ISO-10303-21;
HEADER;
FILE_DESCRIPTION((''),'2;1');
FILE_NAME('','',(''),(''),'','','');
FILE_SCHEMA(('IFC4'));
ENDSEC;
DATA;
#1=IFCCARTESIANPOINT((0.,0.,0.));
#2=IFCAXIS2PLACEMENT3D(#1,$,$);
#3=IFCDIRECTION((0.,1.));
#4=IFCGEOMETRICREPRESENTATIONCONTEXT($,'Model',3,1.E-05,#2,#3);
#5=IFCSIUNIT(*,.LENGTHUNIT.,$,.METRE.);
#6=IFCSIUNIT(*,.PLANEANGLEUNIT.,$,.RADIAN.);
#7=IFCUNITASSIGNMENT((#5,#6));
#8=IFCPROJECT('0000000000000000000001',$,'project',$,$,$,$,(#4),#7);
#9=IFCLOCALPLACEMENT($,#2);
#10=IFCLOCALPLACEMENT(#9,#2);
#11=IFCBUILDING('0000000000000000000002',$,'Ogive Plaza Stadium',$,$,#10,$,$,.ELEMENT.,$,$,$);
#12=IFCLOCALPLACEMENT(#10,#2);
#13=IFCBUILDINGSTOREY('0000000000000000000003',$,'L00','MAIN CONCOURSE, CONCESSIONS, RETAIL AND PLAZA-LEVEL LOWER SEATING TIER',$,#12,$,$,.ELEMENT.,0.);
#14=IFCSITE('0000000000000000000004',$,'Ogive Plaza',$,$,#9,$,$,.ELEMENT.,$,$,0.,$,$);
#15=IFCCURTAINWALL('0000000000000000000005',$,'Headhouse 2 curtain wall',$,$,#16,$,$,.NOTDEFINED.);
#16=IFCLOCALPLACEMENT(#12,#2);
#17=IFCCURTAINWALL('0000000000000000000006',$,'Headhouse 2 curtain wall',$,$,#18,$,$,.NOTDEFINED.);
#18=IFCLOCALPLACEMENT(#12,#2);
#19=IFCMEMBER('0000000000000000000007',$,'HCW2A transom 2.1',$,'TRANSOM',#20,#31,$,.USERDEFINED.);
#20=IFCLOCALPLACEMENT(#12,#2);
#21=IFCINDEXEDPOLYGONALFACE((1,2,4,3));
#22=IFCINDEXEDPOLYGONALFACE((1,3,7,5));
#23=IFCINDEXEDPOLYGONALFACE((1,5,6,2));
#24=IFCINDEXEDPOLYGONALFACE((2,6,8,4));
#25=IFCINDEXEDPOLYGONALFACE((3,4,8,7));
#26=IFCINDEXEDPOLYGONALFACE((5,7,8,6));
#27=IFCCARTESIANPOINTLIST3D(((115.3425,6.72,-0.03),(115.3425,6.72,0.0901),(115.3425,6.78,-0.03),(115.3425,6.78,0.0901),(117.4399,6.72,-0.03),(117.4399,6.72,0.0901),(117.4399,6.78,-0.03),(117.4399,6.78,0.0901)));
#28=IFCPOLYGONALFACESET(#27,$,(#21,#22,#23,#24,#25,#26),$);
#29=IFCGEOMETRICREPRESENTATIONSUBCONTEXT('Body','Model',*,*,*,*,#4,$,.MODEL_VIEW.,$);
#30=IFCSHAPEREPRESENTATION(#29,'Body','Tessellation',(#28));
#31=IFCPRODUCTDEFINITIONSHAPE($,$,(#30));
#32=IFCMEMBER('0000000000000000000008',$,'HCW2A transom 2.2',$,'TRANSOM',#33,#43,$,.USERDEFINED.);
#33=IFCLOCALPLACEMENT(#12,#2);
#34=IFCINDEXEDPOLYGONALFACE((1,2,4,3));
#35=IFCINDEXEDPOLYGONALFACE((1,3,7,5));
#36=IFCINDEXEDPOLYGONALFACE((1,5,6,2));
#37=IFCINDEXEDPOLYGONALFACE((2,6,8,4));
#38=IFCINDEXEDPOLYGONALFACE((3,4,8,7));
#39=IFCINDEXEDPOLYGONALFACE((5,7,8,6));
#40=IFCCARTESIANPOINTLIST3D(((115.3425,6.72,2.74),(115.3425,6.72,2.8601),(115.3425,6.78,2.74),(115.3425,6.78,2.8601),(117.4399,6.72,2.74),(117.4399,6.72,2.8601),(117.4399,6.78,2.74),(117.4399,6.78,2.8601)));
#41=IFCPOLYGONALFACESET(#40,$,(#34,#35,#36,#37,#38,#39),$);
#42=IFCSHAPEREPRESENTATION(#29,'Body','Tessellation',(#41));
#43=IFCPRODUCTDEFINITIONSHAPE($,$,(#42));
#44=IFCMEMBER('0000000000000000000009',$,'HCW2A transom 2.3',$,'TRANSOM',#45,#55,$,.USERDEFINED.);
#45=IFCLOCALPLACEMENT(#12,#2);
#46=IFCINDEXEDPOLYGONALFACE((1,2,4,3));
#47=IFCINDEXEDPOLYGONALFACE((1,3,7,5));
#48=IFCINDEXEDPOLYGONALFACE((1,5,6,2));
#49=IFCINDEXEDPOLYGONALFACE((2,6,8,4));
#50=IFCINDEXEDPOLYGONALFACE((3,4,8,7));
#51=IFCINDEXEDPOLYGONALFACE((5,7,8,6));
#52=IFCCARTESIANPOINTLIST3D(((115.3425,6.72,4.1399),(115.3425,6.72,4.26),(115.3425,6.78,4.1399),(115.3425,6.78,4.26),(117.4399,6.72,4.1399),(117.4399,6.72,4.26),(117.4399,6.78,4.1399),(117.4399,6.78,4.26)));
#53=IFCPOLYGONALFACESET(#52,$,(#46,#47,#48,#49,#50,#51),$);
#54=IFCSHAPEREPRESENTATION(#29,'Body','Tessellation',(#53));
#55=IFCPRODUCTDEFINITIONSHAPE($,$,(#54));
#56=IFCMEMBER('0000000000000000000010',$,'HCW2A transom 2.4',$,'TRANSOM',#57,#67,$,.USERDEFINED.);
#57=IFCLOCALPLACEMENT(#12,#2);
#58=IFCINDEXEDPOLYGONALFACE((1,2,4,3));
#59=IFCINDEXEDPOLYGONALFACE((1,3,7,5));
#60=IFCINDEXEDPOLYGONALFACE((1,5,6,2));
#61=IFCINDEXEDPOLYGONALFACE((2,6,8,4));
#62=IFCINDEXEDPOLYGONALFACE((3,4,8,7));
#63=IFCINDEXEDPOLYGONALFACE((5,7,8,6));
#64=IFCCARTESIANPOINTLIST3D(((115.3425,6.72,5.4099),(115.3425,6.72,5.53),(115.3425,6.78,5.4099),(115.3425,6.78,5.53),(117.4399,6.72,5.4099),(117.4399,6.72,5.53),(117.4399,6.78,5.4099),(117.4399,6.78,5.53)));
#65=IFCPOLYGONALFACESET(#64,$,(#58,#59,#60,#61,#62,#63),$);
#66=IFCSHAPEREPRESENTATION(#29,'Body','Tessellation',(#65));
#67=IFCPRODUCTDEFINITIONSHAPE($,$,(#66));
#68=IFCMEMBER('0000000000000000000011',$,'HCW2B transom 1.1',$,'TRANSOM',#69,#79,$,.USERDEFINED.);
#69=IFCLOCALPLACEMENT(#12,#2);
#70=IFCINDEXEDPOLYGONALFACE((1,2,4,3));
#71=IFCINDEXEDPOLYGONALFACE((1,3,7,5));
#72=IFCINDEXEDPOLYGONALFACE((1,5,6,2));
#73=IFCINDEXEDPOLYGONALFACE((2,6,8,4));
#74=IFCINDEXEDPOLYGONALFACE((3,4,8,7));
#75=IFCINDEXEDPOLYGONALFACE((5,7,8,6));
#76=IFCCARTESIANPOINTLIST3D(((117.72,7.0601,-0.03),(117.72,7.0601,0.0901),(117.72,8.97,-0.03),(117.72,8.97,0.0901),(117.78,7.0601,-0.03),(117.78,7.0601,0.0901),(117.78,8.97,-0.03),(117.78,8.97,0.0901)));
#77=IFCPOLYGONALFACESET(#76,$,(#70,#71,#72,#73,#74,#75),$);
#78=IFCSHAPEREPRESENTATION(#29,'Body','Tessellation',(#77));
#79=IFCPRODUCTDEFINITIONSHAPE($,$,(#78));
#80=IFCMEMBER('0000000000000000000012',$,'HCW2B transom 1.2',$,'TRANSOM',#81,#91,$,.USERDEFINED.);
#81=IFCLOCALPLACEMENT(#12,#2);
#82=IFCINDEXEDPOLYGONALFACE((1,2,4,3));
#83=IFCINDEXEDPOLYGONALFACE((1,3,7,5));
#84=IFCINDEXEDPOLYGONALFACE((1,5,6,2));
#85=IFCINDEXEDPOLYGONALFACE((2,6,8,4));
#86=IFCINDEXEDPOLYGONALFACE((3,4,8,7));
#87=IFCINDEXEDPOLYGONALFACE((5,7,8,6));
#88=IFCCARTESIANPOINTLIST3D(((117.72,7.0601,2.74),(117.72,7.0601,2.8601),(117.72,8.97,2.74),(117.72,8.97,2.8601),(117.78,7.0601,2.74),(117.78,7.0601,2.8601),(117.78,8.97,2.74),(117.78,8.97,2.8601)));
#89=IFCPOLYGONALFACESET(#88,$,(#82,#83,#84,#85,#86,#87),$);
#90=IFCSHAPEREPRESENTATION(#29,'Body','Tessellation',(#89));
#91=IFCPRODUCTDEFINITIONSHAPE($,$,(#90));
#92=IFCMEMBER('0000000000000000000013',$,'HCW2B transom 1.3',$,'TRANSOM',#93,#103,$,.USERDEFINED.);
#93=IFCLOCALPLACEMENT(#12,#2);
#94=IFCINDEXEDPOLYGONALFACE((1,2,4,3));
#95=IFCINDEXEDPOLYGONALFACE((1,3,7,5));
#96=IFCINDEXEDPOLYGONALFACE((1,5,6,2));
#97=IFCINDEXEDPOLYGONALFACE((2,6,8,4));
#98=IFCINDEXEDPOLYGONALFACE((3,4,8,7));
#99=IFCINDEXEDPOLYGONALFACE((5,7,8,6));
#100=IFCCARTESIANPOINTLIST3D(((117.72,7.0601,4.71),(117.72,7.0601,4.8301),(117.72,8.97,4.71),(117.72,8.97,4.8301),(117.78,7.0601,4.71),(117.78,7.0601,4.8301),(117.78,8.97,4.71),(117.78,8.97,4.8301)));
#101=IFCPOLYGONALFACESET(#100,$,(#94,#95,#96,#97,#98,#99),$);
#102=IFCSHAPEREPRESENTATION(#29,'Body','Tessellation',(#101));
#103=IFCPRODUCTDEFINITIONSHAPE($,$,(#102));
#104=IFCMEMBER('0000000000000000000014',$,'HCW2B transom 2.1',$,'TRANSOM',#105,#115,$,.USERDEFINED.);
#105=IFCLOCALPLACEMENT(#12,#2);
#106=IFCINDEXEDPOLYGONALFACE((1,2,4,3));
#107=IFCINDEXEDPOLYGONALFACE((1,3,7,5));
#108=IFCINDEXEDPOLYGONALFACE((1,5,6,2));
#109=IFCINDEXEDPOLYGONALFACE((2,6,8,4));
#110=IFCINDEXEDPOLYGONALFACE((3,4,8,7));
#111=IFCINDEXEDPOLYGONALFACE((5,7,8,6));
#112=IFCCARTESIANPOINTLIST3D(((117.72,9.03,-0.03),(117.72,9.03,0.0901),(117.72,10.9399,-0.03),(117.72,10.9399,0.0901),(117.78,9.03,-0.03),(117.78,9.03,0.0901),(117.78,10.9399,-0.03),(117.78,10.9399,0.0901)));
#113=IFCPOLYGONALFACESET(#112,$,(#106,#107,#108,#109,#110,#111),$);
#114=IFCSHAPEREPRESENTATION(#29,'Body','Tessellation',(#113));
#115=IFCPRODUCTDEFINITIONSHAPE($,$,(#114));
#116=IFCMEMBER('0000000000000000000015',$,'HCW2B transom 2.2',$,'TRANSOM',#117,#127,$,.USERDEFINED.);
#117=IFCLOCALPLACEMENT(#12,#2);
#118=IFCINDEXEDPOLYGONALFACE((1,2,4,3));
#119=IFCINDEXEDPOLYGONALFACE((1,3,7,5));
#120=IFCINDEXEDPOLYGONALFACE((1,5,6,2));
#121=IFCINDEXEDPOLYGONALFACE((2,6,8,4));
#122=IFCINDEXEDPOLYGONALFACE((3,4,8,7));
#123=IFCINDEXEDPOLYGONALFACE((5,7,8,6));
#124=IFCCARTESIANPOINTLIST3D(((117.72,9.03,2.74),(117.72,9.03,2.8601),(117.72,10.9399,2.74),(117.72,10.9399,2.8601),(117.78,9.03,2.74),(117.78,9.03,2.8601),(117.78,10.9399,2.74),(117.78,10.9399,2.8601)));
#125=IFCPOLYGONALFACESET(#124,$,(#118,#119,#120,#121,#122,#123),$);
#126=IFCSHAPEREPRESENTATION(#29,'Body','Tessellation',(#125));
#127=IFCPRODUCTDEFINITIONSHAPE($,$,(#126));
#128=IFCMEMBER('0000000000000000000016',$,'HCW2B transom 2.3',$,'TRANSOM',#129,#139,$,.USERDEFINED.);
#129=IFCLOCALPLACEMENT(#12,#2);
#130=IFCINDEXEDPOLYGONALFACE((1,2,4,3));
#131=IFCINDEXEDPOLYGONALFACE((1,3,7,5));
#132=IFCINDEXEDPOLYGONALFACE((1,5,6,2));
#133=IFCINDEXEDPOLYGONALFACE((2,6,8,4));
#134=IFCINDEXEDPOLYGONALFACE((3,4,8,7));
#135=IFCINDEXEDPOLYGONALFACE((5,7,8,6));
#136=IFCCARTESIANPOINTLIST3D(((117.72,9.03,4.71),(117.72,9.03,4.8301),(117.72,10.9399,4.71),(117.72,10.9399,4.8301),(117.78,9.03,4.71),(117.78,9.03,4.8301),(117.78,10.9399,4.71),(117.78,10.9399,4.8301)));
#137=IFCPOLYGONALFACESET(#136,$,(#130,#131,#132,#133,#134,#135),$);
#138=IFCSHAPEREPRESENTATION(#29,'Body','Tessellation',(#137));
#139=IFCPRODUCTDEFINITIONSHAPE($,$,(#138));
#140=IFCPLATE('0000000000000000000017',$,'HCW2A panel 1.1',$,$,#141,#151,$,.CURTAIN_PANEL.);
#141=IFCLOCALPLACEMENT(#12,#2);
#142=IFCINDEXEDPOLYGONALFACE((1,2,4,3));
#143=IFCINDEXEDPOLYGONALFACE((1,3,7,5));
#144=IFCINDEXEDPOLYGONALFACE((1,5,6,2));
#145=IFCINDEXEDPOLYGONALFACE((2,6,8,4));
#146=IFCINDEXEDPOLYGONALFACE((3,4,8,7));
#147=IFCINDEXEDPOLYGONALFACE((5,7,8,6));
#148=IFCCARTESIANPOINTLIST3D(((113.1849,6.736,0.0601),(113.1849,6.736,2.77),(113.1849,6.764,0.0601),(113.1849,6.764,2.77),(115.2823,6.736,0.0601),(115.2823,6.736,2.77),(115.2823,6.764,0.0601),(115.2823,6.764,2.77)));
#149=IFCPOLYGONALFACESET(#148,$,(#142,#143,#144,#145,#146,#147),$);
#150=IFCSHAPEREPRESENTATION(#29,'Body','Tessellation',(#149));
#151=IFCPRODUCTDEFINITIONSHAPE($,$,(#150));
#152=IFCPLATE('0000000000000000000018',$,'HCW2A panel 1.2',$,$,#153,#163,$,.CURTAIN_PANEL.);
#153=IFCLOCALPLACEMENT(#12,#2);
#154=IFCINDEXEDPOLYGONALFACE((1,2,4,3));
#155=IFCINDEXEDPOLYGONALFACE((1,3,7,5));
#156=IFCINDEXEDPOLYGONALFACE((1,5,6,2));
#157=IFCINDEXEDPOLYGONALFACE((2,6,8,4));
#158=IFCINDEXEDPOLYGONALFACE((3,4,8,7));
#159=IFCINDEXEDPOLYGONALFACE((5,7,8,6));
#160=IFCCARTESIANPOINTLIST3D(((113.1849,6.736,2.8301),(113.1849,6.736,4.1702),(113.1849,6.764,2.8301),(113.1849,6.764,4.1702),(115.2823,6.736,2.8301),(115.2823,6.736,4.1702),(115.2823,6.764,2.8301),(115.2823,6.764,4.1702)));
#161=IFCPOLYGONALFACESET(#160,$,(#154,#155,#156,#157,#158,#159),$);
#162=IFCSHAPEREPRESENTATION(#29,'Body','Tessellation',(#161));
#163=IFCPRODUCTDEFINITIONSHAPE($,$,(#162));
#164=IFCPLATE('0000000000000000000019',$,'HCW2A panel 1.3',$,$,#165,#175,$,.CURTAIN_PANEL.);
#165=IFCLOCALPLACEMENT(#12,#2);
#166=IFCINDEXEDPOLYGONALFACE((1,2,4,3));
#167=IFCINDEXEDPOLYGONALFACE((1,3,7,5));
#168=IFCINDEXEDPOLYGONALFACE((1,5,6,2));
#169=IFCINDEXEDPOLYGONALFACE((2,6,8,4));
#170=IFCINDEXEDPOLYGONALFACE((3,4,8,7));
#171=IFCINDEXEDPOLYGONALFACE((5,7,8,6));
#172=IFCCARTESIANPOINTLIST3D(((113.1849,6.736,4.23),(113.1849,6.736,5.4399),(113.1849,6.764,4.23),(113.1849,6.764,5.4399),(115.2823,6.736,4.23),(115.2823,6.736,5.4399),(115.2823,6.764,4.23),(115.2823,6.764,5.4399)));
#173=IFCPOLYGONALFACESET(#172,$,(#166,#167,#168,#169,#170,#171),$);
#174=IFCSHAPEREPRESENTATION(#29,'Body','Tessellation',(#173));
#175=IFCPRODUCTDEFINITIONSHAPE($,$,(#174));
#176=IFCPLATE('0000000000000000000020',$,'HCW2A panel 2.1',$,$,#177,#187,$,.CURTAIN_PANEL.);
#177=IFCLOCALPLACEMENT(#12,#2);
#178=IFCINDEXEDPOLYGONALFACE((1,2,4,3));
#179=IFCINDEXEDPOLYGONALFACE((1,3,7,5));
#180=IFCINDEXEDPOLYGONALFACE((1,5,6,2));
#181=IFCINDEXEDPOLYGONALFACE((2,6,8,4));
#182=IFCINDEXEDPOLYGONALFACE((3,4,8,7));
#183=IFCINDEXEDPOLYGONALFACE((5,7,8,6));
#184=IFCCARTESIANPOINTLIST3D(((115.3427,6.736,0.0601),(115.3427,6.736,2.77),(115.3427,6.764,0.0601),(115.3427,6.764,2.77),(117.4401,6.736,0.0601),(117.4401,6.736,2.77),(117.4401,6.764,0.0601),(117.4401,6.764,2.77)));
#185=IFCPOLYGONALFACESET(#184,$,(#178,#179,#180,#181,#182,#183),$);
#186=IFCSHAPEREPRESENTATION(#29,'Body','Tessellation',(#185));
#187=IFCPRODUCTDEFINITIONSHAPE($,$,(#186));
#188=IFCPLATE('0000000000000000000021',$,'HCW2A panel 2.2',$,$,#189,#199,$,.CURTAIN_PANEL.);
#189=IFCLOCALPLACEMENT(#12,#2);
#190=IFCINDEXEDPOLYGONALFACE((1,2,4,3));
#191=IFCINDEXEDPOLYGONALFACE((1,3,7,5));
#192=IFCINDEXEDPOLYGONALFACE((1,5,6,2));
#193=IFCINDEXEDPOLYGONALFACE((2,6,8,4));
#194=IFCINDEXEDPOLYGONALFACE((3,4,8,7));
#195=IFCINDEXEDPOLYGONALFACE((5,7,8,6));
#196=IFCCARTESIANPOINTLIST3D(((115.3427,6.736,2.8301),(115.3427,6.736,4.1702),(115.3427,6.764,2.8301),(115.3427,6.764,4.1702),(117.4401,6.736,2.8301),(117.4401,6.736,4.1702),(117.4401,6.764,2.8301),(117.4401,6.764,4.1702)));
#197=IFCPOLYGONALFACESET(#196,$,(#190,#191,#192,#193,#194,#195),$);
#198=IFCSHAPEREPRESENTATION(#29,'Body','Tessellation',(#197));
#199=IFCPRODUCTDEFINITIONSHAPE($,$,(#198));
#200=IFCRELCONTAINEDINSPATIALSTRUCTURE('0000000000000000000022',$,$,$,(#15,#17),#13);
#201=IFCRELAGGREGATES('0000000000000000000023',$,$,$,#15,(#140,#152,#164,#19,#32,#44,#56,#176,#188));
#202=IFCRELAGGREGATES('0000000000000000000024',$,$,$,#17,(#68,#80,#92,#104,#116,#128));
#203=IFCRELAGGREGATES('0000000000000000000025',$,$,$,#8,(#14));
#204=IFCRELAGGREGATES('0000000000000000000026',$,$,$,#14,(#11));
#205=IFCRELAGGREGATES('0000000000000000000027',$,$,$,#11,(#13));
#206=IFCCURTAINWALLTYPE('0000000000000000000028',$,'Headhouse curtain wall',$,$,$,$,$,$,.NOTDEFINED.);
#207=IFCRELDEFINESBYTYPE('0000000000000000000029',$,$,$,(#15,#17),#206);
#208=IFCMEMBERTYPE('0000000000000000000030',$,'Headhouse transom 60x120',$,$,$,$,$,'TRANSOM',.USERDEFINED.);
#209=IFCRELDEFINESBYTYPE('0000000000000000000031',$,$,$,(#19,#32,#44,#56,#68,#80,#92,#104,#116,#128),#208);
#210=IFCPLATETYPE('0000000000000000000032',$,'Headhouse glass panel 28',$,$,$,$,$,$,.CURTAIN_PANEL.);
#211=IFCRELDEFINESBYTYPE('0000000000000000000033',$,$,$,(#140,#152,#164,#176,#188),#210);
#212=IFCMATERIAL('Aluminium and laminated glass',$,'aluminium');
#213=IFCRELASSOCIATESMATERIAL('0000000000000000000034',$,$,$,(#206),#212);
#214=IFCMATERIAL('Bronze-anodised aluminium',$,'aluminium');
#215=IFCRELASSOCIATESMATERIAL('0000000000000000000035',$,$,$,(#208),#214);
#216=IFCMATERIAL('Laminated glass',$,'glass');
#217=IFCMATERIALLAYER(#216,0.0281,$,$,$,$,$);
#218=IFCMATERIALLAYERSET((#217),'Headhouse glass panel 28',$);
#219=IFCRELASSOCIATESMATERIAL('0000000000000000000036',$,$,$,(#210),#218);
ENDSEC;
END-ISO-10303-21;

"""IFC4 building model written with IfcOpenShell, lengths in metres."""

from ifc_helpers import new_model, si_unit, direction, frame, origin, origin_2d, place, context, subcontext, project, spatial, rectangle, extrude, material, layer, layer_set, material_profile, profile_set, type_object, element, aggregate, save


model = new_model("IFC4")

# Units and contexts
model_context = context("Model", 3, precision=1e-05, world=origin(), true_north=direction((0.0, 1.0)))
body_context = subcontext(model_context, "Body", "Model", "MODEL_VIEW")
ifc_project = project(units=[si_unit("LENGTHUNIT", "METRE"), si_unit("PLANEANGLEUNIT", "RADIAN")], contexts=[model_context])

# Site, building, storey
site_placement = place(None, origin())
site = spatial("IfcSite", under=ifc_project, at=site_placement, Name="Ogive Plaza", CompositionType="ELEMENT", RefElevation=0.0)
building_placement = place(site_placement, origin())
building = spatial("IfcBuilding", under=site, at=building_placement, Name="Ogive Plaza Stadium", CompositionType="ELEMENT")
storey_placement = place(building_placement, origin())
storey = spatial("IfcBuildingStorey", under=building, at=storey_placement, Name="L00", Description="MAIN CONCOURSE, CONCESSIONS, RETAIL AND PLAZA-LEVEL LOWER SEATING TIER", CompositionType="ELEMENT", Elevation=0.0)

# Shared definitions
ifc_material_1 = material(Name="Aluminium and laminated glass", Category="aluminium")
curtain_wall_type = type_object("IfcCurtainWallType", Name="Headhouse curtain wall", PredefinedType="NOTDEFINED", material=ifc_material_1)

# Curtain walls
curtain_wall_1_placement = place(storey_placement, origin())
curtain_wall_1 = element("IfcCurtainWall", 1, at=curtain_wall_1_placement, inside=storey, type_object=curtain_wall_type, Name="Headhouse 2 curtain wall", PredefinedType="NOTDEFINED")
curtain_wall_2_placement = place(storey_placement, origin())
curtain_wall_2 = element("IfcCurtainWall", 2, at=curtain_wall_2_placement, inside=storey, type_object=curtain_wall_type, Name="Headhouse 2 curtain wall", PredefinedType="NOTDEFINED")

# Members
ifc_material_2 = material(Name="Bronze-anodised aluminium", Category="aluminium")
ifc_material_profile_1 = material_profile(ifc_material_2, rectangle(XDim=0.0601, YDim=0.1201, at=origin_2d()), Name="Headhouse transom 60x120")
ifc_profile_set_1 = profile_set([ifc_material_profile_1], Name="Bronze-anodised aluminium")
member_type_1 = type_object("IfcMemberType", Name="Headhouse transom 60x120", ElementType="TRANSOM", PredefinedType="USERDEFINED", material=ifc_profile_set_1)
member_1_placement = place(storey_placement, frame((115.3425, 6.75, 0.03), z_axis=(1.0, 0.0, 0.0), x_axis=(0.0, 1.0, 0.0)))
member_1 = element("IfcMember", 3, at=member_1_placement, type_object=member_type_1, Name="HCW2A transom 2.1", ObjectType="TRANSOM", PredefinedType="USERDEFINED", context=body_context, shape_type="SweptSolid", body=[
    extrude(rectangle(XDim=0.0601, YDim=0.1201, at=origin_2d()), origin(), (0.0, 0.0, 1.0), 2.0974),
])
member_2_placement = place(storey_placement, frame((115.3425, 6.75, 2.8), z_axis=(1.0, 0.0, 0.0), x_axis=(0.0, 1.0, 0.0)))
member_2 = element("IfcMember", 4, at=member_2_placement, type_object=member_type_1, Name="HCW2A transom 2.2", ObjectType="TRANSOM", PredefinedType="USERDEFINED", context=body_context, shape_type="SweptSolid", body=[
    extrude(rectangle(XDim=0.0601, YDim=0.1201, at=origin_2d()), origin(), (0.0, 0.0, 1.0), 2.0974),
])
member_3_placement = place(storey_placement, frame((115.3425, 6.75, 4.2), z_axis=(1.0, 0.0, 0.0), x_axis=(0.0, 1.0, 0.0)))
member_3 = element("IfcMember", 5, at=member_3_placement, type_object=member_type_1, Name="HCW2A transom 2.3", ObjectType="TRANSOM", PredefinedType="USERDEFINED", context=body_context, shape_type="SweptSolid", body=[
    extrude(rectangle(XDim=0.0601, YDim=0.1201, at=origin_2d()), origin(), (0.0, 0.0, 1.0), 2.0974),
])
member_4_placement = place(storey_placement, frame((115.3425, 6.75, 5.47), z_axis=(1.0, 0.0, 0.0), x_axis=(0.0, 1.0, 0.0)))
member_4 = element("IfcMember", 6, at=member_4_placement, type_object=member_type_1, Name="HCW2A transom 2.4", ObjectType="TRANSOM", PredefinedType="USERDEFINED", context=body_context, shape_type="SweptSolid", body=[
    extrude(rectangle(XDim=0.0601, YDim=0.1201, at=origin_2d()), origin(), (0.0, 0.0, 1.0), 2.0974),
])
member_5_placement = place(storey_placement, frame((117.75, 7.0601, 0.03), z_axis=(0.0, 1.0, 0.0), x_axis=(-1.0, 0.0, 0.0)))
member_5 = element("IfcMember", 7, at=member_5_placement, type_object=member_type_1, Name="HCW2B transom 1.1", ObjectType="TRANSOM", PredefinedType="USERDEFINED", context=body_context, shape_type="SweptSolid", body=[
    extrude(rectangle(XDim=0.0601, YDim=0.1201, at=origin_2d()), origin(), (0.0, 0.0, 1.0), 1.9099),
])
member_6_placement = place(storey_placement, frame((117.75, 7.0601, 2.8), z_axis=(0.0, 1.0, 0.0), x_axis=(-1.0, 0.0, 0.0)))
member_6 = element("IfcMember", 8, at=member_6_placement, type_object=member_type_1, Name="HCW2B transom 1.2", ObjectType="TRANSOM", PredefinedType="USERDEFINED", context=body_context, shape_type="SweptSolid", body=[
    extrude(rectangle(XDim=0.0601, YDim=0.1201, at=origin_2d()), origin(), (0.0, 0.0, 1.0), 1.9099),
])
member_7_placement = place(storey_placement, frame((117.75, 7.0601, 4.77), z_axis=(0.0, 1.0, 0.0), x_axis=(-1.0, 0.0, 0.0)))
member_7 = element("IfcMember", 9, at=member_7_placement, type_object=member_type_1, Name="HCW2B transom 1.3", ObjectType="TRANSOM", PredefinedType="USERDEFINED", context=body_context, shape_type="SweptSolid", body=[
    extrude(rectangle(XDim=0.0601, YDim=0.1201, at=origin_2d()), origin(), (0.0, 0.0, 1.0), 1.9099),
])
member_8_placement = place(storey_placement, frame((117.75, 9.03, 0.03), z_axis=(0.0, 1.0, 0.0), x_axis=(-1.0, 0.0, 0.0)))
member_8 = element("IfcMember", 10, at=member_8_placement, type_object=member_type_1, Name="HCW2B transom 2.1", ObjectType="TRANSOM", PredefinedType="USERDEFINED", context=body_context, shape_type="SweptSolid", body=[
    extrude(rectangle(XDim=0.0601, YDim=0.1201, at=origin_2d()), origin(), (0.0, 0.0, 1.0), 1.9099),
])
member_9_placement = place(storey_placement, frame((117.75, 9.03, 2.8), z_axis=(0.0, 1.0, 0.0), x_axis=(-1.0, 0.0, 0.0)))
member_9 = element("IfcMember", 11, at=member_9_placement, type_object=member_type_1, Name="HCW2B transom 2.2", ObjectType="TRANSOM", PredefinedType="USERDEFINED", context=body_context, shape_type="SweptSolid", body=[
    extrude(rectangle(XDim=0.0601, YDim=0.1201, at=origin_2d()), origin(), (0.0, 0.0, 1.0), 1.9099),
])
member_10_placement = place(storey_placement, frame((117.75, 9.03, 4.77), z_axis=(0.0, 1.0, 0.0), x_axis=(-1.0, 0.0, 0.0)))
member_10 = element("IfcMember", 12, at=member_10_placement, type_object=member_type_1, Name="HCW2B transom 2.3", ObjectType="TRANSOM", PredefinedType="USERDEFINED", context=body_context, shape_type="SweptSolid", body=[
    extrude(rectangle(XDim=0.0601, YDim=0.1201, at=origin_2d()), origin(), (0.0, 0.0, 1.0), 1.9099),
])

# Plates
ifc_material_3 = material(Name="Laminated glass", Category="glass")
ifc_layer = layer(ifc_material_3, 0.0281)
ifc_layer_set = layer_set([ifc_layer], Name="Headhouse glass panel 28")
plate_type = type_object("IfcPlateType", Name="Headhouse glass panel 28", PredefinedType="CURTAIN_PANEL", material=ifc_layer_set)
plate_1_placement = place(storey_placement, frame((114.2336, 6.75, 0.0601), z_axis=(0.0, 0.0, 1.0), x_axis=(1.0, 0.0, 0.0)))
plate_1 = element("IfcPlate", 13, at=plate_1_placement, type_object=plate_type, Name="HCW2A panel 1.1", PredefinedType="CURTAIN_PANEL", context=body_context, shape_type="SweptSolid", body=[
    extrude(rectangle(XDim=2.0974, YDim=0.0281, at=origin_2d()), origin(), (0.0, 0.0, 1.0), 2.71),
])
plate_2_placement = place(storey_placement, frame((114.2336, 6.75, 2.8301), z_axis=(0.0, 0.0, 1.0), x_axis=(1.0, 0.0, 0.0)))
plate_2 = element("IfcPlate", 14, at=plate_2_placement, type_object=plate_type, Name="HCW2A panel 1.2", PredefinedType="CURTAIN_PANEL", context=body_context, shape_type="SweptSolid", body=[
    extrude(rectangle(XDim=2.0974, YDim=0.0281, at=origin_2d()), origin(), (0.0, 0.0, 1.0), 1.3401),
])
plate_3_placement = place(storey_placement, frame((114.2336, 6.75, 4.23), z_axis=(0.0, 0.0, 1.0), x_axis=(1.0, 0.0, 0.0)))
plate_3 = element("IfcPlate", 15, at=plate_3_placement, type_object=plate_type, Name="HCW2A panel 1.3", PredefinedType="CURTAIN_PANEL", context=body_context, shape_type="SweptSolid", body=[
    extrude(rectangle(XDim=2.0974, YDim=0.0281, at=origin_2d()), origin(), (0.0, 0.0, 1.0), 1.21),
])
plate_4_placement = place(storey_placement, frame((116.3914, 6.75, 0.0601), z_axis=(0.0, 0.0, 1.0), x_axis=(1.0, 0.0, 0.0)))
plate_4 = element("IfcPlate", 16, at=plate_4_placement, type_object=plate_type, Name="HCW2A panel 2.1", PredefinedType="CURTAIN_PANEL", context=body_context, shape_type="SweptSolid", body=[
    extrude(rectangle(XDim=2.0974, YDim=0.0281, at=origin_2d()), origin(), (0.0, 0.0, 1.0), 2.71),
])
plate_5_placement = place(storey_placement, frame((116.3914, 6.75, 2.8301), z_axis=(0.0, 0.0, 1.0), x_axis=(1.0, 0.0, 0.0)))
plate_5 = element("IfcPlate", 17, at=plate_5_placement, type_object=plate_type, Name="HCW2A panel 2.2", PredefinedType="CURTAIN_PANEL", context=body_context, shape_type="SweptSolid", body=[
    extrude(rectangle(XDim=2.0974, YDim=0.0281, at=origin_2d()), origin(), (0.0, 0.0, 1.0), 1.3401),
])
aggregate(curtain_wall_1, [plate_1, plate_2, plate_3, member_1, member_2, member_3, member_4, plate_4, plate_5])
aggregate(curtain_wall_2, [member_5, member_6, member_7, member_8, member_9, member_10])

save(model, "model.ifc")
